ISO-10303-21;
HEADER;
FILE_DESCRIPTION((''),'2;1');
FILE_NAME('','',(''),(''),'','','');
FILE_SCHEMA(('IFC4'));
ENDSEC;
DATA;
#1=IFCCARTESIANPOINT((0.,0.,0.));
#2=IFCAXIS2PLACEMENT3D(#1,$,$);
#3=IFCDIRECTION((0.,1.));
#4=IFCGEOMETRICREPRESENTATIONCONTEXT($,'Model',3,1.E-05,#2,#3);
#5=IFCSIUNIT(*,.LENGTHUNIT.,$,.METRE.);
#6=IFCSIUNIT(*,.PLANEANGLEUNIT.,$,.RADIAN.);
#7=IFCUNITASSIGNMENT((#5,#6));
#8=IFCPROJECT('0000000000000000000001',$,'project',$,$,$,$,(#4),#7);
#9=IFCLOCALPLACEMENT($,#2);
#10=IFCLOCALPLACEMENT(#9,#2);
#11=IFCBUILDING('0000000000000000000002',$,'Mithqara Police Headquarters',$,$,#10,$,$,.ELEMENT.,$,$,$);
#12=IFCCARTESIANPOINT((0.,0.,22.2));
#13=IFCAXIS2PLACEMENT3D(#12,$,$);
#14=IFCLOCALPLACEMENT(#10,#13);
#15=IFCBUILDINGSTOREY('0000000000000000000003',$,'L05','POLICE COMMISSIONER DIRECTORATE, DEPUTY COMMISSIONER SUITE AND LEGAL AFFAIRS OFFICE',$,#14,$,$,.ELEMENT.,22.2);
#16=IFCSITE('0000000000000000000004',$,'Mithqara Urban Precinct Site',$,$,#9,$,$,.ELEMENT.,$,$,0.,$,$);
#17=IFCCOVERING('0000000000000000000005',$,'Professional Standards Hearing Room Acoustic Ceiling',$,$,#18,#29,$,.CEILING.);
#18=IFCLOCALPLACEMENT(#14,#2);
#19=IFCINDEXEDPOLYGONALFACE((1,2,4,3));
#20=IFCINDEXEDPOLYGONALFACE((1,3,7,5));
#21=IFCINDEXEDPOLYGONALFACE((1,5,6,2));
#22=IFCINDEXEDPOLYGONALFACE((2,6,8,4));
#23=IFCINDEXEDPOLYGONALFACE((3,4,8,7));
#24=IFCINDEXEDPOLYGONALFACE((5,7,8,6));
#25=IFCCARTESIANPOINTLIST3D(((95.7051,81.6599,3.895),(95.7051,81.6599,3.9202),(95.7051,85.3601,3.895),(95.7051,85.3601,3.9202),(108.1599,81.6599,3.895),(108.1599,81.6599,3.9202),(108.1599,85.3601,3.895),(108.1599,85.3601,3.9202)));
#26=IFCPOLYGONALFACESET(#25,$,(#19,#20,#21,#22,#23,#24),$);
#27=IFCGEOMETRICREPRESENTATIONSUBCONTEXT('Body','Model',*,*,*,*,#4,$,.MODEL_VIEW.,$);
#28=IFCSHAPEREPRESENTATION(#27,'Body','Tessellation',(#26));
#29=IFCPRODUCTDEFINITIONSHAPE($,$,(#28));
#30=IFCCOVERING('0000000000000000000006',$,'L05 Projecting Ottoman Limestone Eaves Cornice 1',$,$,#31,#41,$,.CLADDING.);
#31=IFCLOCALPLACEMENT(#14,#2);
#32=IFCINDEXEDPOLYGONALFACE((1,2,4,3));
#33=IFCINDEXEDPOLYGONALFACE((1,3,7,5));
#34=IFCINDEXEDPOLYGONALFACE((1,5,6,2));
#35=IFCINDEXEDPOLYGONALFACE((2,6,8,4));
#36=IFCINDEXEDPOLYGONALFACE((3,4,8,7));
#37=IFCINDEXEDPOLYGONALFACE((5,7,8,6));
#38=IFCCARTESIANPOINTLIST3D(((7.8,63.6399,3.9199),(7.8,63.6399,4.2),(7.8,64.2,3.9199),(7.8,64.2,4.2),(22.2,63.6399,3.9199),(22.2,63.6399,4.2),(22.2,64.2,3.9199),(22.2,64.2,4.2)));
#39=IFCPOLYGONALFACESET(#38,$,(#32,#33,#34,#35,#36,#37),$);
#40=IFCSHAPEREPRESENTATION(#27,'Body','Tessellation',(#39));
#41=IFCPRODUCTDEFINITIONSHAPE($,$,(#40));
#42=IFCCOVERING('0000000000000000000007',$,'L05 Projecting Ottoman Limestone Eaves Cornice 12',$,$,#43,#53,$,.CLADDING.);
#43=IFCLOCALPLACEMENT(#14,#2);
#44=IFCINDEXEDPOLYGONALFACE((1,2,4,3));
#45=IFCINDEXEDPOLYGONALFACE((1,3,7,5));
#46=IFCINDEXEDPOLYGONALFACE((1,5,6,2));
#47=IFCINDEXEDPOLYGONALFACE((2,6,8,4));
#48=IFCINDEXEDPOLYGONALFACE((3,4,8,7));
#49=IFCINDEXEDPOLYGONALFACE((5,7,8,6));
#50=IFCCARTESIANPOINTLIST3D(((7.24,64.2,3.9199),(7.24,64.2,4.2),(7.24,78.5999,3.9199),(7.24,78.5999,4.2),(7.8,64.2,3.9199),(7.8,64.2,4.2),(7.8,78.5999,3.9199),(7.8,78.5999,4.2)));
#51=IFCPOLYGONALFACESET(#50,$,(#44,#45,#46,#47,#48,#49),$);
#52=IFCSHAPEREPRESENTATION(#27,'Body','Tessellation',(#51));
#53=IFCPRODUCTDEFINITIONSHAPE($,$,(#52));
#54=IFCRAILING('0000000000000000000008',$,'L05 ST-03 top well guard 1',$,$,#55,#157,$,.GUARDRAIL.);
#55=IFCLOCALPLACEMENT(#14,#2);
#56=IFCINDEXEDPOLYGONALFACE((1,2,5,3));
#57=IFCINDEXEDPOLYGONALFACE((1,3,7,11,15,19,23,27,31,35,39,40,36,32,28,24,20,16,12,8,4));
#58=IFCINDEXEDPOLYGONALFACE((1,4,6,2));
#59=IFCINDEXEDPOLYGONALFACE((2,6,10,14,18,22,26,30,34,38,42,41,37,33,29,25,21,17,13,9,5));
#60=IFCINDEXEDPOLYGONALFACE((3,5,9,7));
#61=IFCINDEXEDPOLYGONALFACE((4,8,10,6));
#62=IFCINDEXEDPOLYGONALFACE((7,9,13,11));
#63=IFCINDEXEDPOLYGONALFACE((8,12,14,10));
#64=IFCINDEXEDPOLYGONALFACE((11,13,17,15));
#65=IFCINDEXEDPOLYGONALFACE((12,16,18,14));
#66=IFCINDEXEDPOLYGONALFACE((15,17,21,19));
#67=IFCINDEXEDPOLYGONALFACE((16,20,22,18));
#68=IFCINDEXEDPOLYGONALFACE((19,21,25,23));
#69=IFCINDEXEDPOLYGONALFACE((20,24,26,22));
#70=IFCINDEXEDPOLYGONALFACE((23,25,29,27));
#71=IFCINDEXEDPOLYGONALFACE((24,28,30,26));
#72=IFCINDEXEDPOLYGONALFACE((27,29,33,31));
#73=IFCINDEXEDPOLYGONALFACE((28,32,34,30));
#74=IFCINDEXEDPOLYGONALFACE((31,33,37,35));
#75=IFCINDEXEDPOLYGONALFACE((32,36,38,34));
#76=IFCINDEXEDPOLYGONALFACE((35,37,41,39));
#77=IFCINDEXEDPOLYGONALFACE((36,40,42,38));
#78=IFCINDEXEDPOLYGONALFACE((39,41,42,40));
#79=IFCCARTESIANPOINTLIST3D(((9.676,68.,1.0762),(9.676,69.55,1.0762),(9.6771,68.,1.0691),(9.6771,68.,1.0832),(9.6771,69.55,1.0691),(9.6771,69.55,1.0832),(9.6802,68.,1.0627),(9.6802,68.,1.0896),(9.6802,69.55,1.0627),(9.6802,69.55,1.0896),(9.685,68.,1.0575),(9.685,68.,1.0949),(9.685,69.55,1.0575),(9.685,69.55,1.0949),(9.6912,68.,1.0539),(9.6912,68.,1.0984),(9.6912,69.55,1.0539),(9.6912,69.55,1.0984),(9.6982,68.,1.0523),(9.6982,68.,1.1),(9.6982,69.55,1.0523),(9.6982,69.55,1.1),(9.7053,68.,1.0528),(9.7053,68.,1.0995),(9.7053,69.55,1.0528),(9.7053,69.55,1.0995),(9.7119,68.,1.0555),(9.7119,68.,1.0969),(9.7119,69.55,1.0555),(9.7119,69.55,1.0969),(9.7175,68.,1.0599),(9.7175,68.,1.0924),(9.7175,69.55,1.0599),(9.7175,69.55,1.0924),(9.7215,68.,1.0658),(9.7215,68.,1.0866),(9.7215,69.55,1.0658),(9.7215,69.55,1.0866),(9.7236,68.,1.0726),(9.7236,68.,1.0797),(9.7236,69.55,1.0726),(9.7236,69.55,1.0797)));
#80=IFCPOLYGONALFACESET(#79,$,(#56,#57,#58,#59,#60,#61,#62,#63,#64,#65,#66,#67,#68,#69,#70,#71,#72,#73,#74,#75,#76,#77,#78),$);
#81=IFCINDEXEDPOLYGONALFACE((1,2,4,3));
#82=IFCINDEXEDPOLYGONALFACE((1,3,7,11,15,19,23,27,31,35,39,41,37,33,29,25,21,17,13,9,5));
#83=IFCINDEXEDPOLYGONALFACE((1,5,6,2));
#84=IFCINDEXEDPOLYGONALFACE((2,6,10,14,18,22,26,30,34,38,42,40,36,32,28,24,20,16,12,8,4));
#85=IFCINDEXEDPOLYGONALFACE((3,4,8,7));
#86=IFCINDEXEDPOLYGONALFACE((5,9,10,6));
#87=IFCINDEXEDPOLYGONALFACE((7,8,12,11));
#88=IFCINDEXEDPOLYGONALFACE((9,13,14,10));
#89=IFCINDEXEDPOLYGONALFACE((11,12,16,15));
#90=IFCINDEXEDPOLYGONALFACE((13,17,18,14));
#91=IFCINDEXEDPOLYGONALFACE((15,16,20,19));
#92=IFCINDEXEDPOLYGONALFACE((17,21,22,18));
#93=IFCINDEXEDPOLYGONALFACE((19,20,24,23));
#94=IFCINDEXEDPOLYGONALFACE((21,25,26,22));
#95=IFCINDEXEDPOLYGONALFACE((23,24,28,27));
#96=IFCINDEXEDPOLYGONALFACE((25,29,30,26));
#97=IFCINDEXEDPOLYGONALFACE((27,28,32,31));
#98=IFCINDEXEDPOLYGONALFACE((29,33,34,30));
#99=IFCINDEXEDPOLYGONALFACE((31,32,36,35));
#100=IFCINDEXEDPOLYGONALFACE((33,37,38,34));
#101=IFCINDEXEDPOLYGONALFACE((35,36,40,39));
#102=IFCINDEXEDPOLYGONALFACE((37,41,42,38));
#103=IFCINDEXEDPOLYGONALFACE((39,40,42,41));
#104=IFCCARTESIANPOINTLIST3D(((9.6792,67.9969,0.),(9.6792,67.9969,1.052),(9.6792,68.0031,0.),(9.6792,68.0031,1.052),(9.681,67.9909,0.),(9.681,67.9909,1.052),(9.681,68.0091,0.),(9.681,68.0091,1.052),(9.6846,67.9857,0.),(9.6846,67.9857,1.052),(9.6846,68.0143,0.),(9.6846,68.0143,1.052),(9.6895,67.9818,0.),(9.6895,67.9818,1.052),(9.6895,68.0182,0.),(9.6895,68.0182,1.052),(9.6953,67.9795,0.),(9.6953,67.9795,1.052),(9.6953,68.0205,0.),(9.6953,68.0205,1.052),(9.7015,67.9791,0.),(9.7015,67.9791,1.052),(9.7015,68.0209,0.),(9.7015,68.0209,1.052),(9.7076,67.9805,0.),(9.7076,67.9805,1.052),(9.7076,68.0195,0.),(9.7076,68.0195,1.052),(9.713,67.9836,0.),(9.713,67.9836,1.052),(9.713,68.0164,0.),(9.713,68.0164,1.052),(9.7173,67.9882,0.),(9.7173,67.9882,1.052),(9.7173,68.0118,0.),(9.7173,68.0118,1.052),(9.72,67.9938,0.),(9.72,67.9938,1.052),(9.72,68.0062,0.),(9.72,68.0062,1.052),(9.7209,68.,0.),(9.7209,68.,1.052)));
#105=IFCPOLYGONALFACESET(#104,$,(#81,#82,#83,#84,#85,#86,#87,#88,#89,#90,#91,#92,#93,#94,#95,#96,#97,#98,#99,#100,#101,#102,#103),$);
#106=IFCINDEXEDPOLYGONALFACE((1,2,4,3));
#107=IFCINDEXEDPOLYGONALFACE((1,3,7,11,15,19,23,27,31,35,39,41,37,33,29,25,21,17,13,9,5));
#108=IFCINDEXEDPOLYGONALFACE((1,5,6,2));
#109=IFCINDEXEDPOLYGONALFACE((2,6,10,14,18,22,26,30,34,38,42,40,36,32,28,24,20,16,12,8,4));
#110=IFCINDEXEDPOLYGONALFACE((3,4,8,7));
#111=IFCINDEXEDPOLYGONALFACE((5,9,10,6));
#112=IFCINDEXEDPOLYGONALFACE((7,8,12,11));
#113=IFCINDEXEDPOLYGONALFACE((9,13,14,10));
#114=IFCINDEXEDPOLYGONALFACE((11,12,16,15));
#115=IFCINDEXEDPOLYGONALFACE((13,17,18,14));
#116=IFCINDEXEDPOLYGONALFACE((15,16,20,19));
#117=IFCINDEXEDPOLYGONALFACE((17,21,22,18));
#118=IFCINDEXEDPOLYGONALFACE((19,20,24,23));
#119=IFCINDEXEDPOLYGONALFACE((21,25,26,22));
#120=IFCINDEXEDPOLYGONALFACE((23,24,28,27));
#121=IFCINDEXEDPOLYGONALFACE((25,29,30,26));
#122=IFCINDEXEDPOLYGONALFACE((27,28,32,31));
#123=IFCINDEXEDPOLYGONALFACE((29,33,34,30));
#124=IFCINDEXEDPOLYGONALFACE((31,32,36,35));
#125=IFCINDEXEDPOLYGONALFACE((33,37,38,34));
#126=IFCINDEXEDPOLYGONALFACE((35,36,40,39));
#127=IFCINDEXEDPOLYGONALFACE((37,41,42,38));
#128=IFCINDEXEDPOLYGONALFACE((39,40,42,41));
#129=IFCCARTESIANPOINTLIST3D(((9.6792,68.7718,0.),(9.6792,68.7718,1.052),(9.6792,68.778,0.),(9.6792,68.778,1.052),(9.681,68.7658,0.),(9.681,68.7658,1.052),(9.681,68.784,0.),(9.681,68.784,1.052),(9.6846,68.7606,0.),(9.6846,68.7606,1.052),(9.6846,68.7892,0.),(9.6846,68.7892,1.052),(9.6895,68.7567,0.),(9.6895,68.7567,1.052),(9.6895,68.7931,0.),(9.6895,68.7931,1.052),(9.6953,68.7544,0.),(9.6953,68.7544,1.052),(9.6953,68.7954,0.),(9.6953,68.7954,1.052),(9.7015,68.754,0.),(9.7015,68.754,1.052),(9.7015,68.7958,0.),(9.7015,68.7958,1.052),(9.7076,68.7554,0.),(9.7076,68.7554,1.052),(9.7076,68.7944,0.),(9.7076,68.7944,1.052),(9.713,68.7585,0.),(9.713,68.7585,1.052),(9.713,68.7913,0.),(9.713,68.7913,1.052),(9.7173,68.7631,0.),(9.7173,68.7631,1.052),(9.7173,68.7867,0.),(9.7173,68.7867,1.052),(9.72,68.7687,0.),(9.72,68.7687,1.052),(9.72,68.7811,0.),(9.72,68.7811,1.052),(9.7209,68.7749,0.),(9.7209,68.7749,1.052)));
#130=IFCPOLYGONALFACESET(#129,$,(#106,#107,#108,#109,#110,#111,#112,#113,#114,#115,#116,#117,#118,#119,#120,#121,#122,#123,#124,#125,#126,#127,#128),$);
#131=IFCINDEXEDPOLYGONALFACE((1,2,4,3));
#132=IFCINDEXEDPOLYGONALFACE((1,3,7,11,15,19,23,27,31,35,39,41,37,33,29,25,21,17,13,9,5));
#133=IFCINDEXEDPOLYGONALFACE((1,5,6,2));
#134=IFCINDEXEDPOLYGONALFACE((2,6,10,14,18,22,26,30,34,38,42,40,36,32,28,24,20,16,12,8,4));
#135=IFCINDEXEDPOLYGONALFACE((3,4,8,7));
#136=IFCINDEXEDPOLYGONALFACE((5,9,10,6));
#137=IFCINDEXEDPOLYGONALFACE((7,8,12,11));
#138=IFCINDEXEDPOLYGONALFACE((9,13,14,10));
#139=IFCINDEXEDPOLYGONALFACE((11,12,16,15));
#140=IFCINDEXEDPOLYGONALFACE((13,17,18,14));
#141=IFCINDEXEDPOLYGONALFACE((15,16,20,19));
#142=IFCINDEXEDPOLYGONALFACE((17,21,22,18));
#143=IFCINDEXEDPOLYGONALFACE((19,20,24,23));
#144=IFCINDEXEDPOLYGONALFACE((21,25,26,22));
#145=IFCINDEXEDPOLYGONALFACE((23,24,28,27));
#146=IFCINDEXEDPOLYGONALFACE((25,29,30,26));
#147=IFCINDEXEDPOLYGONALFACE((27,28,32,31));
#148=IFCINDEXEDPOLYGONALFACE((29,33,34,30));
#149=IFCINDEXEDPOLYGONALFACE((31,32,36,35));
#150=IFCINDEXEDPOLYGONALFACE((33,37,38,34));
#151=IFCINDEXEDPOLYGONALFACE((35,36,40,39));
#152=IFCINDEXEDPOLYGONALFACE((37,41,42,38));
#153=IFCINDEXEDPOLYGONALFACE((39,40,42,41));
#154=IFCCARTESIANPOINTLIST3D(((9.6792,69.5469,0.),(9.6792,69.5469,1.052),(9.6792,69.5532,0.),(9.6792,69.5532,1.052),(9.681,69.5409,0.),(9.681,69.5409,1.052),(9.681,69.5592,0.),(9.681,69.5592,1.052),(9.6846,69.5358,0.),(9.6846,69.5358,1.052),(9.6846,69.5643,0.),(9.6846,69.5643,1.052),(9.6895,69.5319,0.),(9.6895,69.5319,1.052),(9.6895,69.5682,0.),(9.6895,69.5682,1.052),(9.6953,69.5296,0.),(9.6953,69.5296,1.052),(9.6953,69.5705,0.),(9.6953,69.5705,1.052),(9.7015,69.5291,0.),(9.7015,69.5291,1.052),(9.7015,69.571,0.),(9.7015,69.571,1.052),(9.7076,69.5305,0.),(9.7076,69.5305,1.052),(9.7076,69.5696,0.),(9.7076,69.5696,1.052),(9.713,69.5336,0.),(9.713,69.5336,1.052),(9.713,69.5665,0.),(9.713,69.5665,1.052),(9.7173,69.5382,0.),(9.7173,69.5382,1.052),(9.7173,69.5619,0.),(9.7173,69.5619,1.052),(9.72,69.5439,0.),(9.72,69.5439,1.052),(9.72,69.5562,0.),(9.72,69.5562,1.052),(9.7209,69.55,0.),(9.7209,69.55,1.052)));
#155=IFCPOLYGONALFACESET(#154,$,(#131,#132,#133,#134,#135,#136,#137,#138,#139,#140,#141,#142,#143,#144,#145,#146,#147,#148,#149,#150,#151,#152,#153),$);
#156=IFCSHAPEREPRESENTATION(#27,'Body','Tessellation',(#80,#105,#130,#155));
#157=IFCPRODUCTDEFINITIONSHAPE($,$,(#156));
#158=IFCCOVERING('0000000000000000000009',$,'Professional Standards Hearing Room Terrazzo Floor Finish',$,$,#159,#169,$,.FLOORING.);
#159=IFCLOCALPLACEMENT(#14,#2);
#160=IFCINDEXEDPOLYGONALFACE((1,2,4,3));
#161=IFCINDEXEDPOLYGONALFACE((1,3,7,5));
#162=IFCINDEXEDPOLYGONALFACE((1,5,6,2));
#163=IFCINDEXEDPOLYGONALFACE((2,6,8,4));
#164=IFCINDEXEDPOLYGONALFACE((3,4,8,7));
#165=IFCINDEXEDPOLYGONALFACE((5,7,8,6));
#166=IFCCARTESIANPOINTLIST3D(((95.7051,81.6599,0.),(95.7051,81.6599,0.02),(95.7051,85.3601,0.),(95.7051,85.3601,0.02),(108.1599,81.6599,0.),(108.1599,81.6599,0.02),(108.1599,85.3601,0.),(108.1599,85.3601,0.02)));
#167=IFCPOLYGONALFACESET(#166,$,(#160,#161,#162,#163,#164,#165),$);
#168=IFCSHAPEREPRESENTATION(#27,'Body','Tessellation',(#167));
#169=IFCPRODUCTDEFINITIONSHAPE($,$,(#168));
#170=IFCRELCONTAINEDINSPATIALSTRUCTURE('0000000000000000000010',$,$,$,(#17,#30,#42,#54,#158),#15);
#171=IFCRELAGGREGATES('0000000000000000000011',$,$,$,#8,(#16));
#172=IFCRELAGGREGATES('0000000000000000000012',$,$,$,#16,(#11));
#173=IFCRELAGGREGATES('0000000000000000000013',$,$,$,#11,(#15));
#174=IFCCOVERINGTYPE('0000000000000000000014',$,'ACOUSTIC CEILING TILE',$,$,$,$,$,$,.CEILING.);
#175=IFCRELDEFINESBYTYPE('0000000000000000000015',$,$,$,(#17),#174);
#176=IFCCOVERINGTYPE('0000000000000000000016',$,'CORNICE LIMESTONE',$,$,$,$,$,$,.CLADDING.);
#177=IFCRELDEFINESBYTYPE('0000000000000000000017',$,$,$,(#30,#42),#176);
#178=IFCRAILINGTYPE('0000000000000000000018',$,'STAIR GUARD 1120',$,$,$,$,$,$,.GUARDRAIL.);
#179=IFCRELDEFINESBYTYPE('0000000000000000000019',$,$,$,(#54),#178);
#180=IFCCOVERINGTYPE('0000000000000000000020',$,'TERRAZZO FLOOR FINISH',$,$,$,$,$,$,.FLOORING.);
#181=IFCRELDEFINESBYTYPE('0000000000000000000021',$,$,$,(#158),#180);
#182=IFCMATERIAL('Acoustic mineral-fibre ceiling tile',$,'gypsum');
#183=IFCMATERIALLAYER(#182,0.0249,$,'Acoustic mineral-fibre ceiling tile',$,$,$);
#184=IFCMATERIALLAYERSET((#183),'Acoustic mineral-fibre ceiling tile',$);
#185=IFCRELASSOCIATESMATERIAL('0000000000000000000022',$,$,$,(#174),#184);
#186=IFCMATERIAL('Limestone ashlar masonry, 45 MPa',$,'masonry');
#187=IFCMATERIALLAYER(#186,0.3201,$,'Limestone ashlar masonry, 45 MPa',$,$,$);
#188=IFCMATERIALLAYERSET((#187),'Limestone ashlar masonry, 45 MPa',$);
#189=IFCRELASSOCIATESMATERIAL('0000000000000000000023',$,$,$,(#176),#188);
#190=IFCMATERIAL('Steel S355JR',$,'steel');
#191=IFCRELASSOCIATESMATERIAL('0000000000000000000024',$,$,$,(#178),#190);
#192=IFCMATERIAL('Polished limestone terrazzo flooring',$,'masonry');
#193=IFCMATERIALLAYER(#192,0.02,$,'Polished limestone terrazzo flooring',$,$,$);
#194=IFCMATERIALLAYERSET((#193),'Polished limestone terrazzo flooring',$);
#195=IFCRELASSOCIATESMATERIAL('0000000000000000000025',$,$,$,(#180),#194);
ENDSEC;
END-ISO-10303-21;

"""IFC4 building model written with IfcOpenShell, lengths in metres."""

from ifc_helpers import new_model, si_unit, direction, frame, origin, origin_2d, place, context, subcontext, project, spatial, polyline, rectangle, circle, outline, extrude, material, layer, layer_set, type_object, element, save


model = new_model("IFC4")

# Units and contexts
model_context = context("Model", 3, precision=1e-05, world=origin(), true_north=direction((0.0, 1.0)))
body_context = subcontext(model_context, "Body", "Model", "MODEL_VIEW")
ifc_project = project(units=[si_unit("LENGTHUNIT", "METRE"), si_unit("PLANEANGLEUNIT", "RADIAN")], contexts=[model_context])

# Site, building, storey
site_placement = place(None, origin())
site = spatial("IfcSite", under=ifc_project, at=site_placement, Name="Mithqara Urban Precinct Site", CompositionType="ELEMENT", RefElevation=0.0)
building_placement = place(site_placement, origin())
building = spatial("IfcBuilding", under=site, at=building_placement, Name="Mithqara Police Headquarters", CompositionType="ELEMENT")
storey_placement = place(building_placement, frame((0.0, 0.0, 22.2)))
storey = spatial("IfcBuildingStorey", under=building, at=storey_placement, Name="L05", Description="POLICE COMMISSIONER DIRECTORATE, DEPUTY COMMISSIONER SUITE AND LEGAL AFFAIRS OFFICE", CompositionType="ELEMENT", Elevation=22.2)

# Shared definitions
ifc_material_1 = material(Name="Limestone ashlar masonry, 45 MPa", Category="masonry")

# Shared definitions
ifc_material_2 = material(Name="Steel S355JR", Category="steel")

# Coverings
ifc_material_3 = material(Name="Acoustic mineral-fibre ceiling tile", Category="gypsum")
ifc_layer_1 = layer(ifc_material_3, 0.0249, Name="Acoustic mineral-fibre ceiling tile")
ifc_layer_set_1 = layer_set([ifc_layer_1], Name="Acoustic mineral-fibre ceiling tile")
covering_type_1 = type_object("IfcCoveringType", Name="ACOUSTIC CEILING TILE", PredefinedType="CEILING", material=ifc_layer_set_1)
covering_1_placement = place(storey_placement, frame((0.0, 0.0, 3.895)))
element("IfcCovering", 1, at=covering_1_placement, inside=storey, type_object=covering_type_1, Name="Professional Standards Hearing Room Acoustic Ceiling", PredefinedType="CEILING", context=body_context, shape_type="SweptSolid", body=[
    extrude(outline(polyline([(95.7051, 81.6599), (108.1599, 81.6599), (108.1599, 85.3601), (95.7051, 85.3601), (95.7051, 81.6599)])), origin(), (0.0, 0.0, 1.0), 0.0251),
])
ifc_layer_2 = layer(ifc_material_1, 0.3201, Name="Limestone ashlar masonry, 45 MPa")
ifc_layer_set_2 = layer_set([ifc_layer_2], Name="Limestone ashlar masonry, 45 MPa")
covering_type_2 = type_object("IfcCoveringType", Name="CORNICE LIMESTONE", PredefinedType="CLADDING", material=ifc_layer_set_2)
for number, where, z_axis, x_axis, name in (
    (2, (15.0, 63.9199, 3.9199), (0.0, 0.0, 1.0), (1.0, 0.0, 0.0), "L05 Projecting Ottoman Limestone Eaves Cornice 1"),
    (3, (7.52, 71.3999, 3.9199), (0.0, 0.0, 1.0), (0.0, 1.0, 0.0), "L05 Projecting Ottoman Limestone Eaves Cornice 12"),
):
    element("IfcCovering", number, at=place(storey_placement, frame(where, z_axis=z_axis, x_axis=x_axis)), inside=storey, type_object=covering_type_2, Name=name, PredefinedType="CLADDING", context=body_context, shape_type="SweptSolid", body=[
        extrude(rectangle(XDim=14.3999, YDim=0.5601, at=origin_2d()), origin(), (0.0, 0.0, 1.0), 0.28),
    ])

# Railing
railing_type = type_object("IfcRailingType", Name="STAIR GUARD 1120", PredefinedType="GUARDRAIL", material=ifc_material_2)
railing_placement = place(storey_placement, frame((9.7, 68.0, 0.0)))
element("IfcRailing", 4, at=railing_placement, inside=storey, type_object=railing_type, Name="L05 ST-03 top well guard 1", PredefinedType="GUARDRAIL", context=body_context, shape_type="SweptSolid", body=[
    extrude(circle(Radius=0.0239, at=origin_2d()), frame((0.0, 0.0, 1.0762), z_axis=(0.0, 1.0, 0.0), x_axis=(-1.0, 0.0, 0.0)), (0.0, 0.0, 1.0), 1.55),
    extrude(circle(Radius=0.021, at=origin_2d()), origin(), (0.0, 0.0, 1.0), 1.052),
    extrude(circle(Radius=0.021, at=origin_2d()), frame((0.0, 0.7749, 0.0)), (0.0, 0.0, 1.0), 1.052),
    extrude(circle(Radius=0.021, at=origin_2d()), frame((0.0, 1.55, 0.0)), (0.0, 0.0, 1.0), 1.052),
])

# Covering
ifc_material_4 = material(Name="Polished limestone terrazzo flooring", Category="masonry")
ifc_layer_3 = layer(ifc_material_4, 0.02, Name="Polished limestone terrazzo flooring")
ifc_layer_set_3 = layer_set([ifc_layer_3], Name="Polished limestone terrazzo flooring")
covering_type_3 = type_object("IfcCoveringType", Name="TERRAZZO FLOOR FINISH", PredefinedType="FLOORING", material=ifc_layer_set_3)
covering_2_placement = place(storey_placement, origin())
element("IfcCovering", 5, at=covering_2_placement, inside=storey, type_object=covering_type_3, Name="Professional Standards Hearing Room Terrazzo Floor Finish", PredefinedType="FLOORING", context=body_context, shape_type="SweptSolid", body=[
    extrude(outline(polyline([(95.7051, 81.6599), (108.1599, 81.6599), (108.1599, 85.3601), (95.7051, 85.3601), (95.7051, 81.6599)])), origin(), (0.0, 0.0, 1.0), 0.02),
])

save(model, "model.ifc")
